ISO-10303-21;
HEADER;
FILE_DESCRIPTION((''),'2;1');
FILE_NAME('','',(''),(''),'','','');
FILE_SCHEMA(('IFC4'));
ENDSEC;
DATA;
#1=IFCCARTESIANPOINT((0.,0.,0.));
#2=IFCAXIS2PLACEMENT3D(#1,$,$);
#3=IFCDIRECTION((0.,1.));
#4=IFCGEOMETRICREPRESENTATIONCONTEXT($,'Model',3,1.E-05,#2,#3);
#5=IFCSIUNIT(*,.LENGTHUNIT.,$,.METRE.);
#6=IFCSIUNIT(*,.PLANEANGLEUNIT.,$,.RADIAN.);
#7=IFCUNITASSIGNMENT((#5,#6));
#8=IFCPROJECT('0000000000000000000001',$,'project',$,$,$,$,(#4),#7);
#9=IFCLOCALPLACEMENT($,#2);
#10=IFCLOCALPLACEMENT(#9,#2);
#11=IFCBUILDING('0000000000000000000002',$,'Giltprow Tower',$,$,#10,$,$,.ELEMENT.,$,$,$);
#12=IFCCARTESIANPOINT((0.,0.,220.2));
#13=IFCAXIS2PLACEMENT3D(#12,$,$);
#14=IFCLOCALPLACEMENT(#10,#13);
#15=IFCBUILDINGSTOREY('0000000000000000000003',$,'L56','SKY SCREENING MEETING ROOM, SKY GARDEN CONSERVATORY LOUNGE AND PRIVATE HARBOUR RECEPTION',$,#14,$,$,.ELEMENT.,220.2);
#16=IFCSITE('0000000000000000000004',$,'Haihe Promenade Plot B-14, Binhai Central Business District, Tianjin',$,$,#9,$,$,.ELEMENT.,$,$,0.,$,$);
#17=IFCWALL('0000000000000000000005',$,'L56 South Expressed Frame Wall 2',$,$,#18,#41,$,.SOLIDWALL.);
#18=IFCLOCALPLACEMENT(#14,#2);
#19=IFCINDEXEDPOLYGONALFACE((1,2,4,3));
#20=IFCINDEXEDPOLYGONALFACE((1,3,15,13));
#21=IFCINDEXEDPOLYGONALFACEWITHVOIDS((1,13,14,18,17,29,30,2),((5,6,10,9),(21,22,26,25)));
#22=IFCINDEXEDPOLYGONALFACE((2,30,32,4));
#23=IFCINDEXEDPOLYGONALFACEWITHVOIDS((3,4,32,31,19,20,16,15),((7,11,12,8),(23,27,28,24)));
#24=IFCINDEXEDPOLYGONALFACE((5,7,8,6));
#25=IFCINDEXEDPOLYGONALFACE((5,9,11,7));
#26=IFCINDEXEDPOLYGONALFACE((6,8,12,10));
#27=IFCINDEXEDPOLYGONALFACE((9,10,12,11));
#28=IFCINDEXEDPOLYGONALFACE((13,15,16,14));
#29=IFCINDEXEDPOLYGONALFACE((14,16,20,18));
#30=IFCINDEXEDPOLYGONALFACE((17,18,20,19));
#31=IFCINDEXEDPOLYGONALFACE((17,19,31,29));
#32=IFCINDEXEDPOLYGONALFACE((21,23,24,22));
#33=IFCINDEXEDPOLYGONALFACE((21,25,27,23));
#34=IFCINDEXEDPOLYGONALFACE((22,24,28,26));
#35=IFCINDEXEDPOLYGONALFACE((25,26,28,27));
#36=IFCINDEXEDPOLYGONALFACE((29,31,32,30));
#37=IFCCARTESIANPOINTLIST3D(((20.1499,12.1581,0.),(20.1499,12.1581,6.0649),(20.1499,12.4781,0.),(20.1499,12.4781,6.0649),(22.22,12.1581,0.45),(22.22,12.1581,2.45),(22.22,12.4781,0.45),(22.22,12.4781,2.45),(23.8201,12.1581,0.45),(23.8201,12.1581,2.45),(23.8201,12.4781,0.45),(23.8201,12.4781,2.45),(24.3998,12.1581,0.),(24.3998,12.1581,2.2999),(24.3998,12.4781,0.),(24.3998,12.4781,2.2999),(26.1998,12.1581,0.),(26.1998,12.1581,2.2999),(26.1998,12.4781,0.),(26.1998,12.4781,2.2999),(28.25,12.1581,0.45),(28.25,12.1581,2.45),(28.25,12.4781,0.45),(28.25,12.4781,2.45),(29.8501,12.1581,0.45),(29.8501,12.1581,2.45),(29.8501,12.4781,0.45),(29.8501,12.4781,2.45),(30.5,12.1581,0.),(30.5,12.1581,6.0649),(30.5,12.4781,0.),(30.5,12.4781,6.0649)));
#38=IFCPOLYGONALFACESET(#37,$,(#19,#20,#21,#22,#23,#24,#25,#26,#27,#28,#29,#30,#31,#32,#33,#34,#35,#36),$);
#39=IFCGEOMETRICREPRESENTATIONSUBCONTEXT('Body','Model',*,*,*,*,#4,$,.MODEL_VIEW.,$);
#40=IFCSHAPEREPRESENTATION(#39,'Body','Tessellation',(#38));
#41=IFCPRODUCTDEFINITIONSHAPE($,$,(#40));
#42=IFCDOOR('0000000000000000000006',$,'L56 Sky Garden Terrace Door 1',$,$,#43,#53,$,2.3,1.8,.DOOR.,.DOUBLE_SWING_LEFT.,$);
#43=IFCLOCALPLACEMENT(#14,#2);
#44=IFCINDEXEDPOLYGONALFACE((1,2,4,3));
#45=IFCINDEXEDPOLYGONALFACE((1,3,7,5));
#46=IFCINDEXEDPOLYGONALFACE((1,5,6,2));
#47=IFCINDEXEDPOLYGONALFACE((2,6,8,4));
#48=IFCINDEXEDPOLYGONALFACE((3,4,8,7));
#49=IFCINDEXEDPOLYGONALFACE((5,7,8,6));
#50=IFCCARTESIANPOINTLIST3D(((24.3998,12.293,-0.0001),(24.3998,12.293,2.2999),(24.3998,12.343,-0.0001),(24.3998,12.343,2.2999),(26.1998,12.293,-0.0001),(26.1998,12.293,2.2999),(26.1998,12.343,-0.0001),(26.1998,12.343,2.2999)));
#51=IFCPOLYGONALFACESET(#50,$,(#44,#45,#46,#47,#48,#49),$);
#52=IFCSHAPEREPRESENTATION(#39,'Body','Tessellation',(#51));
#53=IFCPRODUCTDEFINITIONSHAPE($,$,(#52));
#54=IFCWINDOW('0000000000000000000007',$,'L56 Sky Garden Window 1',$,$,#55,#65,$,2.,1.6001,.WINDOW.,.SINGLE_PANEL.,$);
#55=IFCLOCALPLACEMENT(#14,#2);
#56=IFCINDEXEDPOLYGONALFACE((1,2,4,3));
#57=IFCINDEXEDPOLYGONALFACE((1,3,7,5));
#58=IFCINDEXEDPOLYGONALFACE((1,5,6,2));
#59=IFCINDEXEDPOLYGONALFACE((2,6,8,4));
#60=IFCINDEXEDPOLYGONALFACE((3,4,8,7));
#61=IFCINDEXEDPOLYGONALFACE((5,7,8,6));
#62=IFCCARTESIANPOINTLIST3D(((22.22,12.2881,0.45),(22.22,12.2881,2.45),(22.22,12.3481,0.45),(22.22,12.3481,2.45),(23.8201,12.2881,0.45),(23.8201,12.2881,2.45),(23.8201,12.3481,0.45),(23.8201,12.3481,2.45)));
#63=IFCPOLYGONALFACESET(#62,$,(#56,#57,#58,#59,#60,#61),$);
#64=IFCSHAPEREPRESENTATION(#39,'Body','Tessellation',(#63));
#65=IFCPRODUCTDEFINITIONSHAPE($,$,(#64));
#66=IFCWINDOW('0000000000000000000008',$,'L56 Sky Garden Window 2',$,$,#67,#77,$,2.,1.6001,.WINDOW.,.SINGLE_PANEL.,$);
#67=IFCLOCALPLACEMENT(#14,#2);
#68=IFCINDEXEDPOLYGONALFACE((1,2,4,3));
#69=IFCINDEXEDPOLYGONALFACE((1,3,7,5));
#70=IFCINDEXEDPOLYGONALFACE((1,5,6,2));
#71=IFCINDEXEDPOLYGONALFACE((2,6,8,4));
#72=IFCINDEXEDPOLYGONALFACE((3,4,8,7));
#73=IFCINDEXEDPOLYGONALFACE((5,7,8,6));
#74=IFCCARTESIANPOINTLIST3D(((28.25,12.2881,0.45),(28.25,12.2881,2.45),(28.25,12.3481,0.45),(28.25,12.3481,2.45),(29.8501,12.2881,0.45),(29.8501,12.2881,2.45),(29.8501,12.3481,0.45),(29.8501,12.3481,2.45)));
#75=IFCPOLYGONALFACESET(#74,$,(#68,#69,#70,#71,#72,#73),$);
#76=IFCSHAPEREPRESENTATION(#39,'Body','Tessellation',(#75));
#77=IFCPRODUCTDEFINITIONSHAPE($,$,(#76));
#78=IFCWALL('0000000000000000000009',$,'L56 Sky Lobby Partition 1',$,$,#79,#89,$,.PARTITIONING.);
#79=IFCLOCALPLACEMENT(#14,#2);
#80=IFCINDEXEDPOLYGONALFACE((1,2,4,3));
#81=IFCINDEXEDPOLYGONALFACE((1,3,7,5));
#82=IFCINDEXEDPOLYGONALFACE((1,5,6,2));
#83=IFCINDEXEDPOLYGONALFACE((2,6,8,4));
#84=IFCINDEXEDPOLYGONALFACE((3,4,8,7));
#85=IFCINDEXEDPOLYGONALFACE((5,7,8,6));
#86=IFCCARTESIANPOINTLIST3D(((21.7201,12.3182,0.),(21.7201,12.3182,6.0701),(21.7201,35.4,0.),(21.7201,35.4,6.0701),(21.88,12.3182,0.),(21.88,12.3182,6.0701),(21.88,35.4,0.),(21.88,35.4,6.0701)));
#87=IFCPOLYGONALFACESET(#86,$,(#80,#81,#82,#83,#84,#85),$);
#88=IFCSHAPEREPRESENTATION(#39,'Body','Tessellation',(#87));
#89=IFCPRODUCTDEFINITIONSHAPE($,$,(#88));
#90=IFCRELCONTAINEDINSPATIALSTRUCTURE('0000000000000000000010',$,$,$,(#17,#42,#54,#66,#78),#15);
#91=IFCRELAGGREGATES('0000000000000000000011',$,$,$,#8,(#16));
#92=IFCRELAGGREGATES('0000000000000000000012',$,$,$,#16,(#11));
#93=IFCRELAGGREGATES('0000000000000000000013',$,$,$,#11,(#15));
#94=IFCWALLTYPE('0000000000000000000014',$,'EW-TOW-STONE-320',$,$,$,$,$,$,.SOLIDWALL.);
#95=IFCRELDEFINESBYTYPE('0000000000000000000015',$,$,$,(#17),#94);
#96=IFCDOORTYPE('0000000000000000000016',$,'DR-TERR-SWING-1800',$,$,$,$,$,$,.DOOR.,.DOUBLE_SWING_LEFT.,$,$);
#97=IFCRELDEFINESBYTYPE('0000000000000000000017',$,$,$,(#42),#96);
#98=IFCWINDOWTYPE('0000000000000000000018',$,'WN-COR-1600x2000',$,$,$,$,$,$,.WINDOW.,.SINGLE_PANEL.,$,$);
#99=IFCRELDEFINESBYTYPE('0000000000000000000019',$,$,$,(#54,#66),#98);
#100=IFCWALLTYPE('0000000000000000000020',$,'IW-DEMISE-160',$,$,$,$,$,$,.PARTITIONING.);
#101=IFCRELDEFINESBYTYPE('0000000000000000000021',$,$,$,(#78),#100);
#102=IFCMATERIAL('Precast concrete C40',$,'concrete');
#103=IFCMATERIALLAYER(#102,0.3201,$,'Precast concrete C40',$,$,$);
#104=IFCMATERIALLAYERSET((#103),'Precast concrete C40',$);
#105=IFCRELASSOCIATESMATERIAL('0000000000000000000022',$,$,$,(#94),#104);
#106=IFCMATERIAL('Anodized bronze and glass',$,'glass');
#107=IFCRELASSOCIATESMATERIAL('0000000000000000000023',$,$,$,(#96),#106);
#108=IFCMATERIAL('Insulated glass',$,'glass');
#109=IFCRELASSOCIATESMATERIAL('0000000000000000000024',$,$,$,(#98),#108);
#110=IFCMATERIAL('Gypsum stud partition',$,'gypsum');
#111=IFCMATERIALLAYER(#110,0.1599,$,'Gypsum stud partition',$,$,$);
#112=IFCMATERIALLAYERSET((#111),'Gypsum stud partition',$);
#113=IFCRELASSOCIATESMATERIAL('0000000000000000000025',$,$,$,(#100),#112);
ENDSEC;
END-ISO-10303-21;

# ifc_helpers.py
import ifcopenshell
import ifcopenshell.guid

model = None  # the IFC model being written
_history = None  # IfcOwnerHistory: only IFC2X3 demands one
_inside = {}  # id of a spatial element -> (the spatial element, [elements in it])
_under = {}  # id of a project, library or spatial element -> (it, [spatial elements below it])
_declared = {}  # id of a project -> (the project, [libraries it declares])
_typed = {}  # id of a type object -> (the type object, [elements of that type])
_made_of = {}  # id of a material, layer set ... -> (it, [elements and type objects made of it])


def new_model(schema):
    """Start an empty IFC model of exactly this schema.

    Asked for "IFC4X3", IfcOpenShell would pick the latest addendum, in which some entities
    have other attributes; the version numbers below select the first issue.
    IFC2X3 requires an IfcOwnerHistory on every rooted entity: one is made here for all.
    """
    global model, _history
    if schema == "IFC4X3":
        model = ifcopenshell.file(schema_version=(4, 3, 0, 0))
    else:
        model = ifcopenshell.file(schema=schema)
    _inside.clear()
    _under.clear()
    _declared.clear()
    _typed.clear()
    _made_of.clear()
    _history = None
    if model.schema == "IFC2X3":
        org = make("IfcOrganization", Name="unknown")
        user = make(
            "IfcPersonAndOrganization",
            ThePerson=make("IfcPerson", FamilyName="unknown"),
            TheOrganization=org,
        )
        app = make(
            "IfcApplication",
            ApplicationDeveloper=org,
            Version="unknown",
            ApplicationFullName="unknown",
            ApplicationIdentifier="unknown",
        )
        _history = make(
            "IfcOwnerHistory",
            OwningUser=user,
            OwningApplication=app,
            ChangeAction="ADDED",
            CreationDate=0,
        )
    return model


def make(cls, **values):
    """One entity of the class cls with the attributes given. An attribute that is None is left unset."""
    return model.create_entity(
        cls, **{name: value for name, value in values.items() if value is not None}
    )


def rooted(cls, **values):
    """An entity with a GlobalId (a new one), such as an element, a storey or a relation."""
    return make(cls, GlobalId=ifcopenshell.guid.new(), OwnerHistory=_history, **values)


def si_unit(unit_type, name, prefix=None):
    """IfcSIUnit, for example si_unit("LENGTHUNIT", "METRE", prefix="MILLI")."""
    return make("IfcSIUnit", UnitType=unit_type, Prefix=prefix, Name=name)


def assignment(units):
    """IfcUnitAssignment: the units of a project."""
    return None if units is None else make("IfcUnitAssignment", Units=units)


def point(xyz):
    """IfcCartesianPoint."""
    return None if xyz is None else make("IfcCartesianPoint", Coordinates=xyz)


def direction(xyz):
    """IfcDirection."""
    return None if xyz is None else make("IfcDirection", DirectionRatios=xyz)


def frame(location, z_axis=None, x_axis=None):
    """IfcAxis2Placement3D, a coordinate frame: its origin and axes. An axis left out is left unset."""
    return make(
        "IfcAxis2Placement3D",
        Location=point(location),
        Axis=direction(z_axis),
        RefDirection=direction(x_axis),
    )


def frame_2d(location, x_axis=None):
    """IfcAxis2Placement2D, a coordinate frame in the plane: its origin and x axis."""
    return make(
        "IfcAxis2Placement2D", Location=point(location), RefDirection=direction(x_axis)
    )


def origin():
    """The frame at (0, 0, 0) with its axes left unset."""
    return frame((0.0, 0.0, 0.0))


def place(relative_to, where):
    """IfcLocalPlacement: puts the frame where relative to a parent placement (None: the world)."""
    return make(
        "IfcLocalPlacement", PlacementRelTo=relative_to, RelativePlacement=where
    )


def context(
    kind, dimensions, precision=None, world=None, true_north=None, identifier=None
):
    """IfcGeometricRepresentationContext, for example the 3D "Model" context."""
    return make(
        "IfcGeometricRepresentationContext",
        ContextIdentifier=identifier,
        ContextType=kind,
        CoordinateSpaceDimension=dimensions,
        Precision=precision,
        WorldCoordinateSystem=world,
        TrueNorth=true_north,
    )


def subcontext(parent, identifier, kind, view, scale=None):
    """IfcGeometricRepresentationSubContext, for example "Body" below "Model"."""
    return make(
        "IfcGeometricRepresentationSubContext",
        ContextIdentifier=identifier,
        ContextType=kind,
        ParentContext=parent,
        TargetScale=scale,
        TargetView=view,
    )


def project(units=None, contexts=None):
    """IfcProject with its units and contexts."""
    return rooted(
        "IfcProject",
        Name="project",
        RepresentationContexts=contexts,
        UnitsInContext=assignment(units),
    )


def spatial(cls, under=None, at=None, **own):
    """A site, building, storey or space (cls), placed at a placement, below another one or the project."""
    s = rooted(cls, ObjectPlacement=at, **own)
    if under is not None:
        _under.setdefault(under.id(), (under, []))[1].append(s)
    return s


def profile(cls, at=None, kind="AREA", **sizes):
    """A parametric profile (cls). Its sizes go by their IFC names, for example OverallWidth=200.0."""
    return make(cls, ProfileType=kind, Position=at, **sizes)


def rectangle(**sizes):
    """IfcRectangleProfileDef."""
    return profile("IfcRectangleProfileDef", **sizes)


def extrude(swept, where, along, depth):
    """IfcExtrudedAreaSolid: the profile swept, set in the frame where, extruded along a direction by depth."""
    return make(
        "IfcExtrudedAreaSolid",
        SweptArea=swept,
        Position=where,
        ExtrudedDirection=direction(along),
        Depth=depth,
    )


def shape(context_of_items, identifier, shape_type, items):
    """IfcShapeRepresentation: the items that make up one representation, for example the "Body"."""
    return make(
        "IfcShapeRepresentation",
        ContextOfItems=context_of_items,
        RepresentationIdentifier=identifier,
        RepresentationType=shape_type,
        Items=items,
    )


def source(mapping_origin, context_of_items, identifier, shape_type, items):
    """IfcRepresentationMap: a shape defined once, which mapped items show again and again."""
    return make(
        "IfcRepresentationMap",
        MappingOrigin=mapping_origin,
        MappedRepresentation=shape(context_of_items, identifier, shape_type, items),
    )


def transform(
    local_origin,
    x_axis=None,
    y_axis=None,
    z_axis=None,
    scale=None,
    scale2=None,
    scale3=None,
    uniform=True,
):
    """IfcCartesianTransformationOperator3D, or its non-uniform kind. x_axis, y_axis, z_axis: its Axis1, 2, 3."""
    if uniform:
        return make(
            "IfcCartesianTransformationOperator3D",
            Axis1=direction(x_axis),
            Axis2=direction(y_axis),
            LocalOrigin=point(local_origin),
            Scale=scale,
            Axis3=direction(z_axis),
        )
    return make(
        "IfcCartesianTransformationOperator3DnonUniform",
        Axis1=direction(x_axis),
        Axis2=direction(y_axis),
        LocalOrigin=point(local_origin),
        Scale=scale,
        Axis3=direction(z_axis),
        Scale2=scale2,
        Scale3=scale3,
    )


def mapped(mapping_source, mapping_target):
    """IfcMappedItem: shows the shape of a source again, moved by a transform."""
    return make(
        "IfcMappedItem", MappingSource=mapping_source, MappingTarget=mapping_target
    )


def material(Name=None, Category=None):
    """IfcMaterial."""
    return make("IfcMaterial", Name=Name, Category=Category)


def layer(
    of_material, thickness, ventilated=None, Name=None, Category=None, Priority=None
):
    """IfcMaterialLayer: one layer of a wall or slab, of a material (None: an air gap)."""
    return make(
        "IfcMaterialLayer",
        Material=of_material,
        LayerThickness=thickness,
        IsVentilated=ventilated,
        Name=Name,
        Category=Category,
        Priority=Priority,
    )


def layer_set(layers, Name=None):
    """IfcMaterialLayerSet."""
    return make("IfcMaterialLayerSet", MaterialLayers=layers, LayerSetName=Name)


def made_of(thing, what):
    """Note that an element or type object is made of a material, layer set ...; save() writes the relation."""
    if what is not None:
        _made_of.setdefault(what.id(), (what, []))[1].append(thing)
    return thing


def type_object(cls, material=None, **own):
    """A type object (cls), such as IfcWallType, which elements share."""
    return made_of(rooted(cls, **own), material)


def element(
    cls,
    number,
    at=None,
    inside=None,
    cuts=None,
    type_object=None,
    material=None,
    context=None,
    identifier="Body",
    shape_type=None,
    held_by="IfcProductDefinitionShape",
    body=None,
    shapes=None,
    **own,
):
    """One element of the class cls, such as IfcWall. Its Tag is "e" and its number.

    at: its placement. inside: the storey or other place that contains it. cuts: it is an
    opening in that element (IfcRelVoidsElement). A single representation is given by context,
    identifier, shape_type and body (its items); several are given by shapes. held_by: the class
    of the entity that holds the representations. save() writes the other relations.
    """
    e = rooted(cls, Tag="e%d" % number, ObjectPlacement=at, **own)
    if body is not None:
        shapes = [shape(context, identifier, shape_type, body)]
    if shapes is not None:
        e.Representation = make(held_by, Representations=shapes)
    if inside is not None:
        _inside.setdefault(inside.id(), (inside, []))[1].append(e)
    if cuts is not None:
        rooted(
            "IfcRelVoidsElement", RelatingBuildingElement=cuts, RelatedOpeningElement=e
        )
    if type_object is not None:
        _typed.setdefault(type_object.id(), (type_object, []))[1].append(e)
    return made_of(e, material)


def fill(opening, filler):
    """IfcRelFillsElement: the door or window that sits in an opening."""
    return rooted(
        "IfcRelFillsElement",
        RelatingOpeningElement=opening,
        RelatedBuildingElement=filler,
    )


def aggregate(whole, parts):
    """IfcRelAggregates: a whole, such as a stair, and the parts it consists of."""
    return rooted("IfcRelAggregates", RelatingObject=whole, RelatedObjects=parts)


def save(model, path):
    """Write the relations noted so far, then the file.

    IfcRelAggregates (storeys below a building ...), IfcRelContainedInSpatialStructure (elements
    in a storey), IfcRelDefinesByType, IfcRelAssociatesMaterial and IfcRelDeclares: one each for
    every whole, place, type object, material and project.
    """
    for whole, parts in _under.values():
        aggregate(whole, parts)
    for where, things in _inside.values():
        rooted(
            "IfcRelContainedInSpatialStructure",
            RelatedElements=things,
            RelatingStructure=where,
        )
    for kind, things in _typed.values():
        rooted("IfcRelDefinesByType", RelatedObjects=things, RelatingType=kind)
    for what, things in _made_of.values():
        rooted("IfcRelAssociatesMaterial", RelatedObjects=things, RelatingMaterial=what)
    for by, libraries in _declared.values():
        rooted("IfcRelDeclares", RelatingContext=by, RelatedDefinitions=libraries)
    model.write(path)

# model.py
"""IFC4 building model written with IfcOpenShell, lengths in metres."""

from ifc_helpers import new_model, si_unit, direction, frame, frame_2d, origin, place, context, subcontext, project, spatial, rectangle, extrude, source, transform, mapped, material, layer, layer_set, type_object, element, fill, save


model = new_model("IFC4")

# Units and contexts
model_context = context("Model", 3, precision=1e-05, world=origin(), true_north=direction((0.0, 1.0)))
body_context = subcontext(model_context, "Body", "Model", "MODEL_VIEW")
ifc_project = project(units=[si_unit("LENGTHUNIT", "METRE"), si_unit("PLANEANGLEUNIT", "RADIAN")], contexts=[model_context])

# Site, building, storey
site_placement = place(None, origin())
site = spatial("IfcSite", under=ifc_project, at=site_placement, Name="Haihe Promenade Plot B-14, Binhai Central Business District, Tianjin", CompositionType="ELEMENT", RefElevation=0.0)
building_placement = place(site_placement, origin())
building = spatial("IfcBuilding", under=site, at=building_placement, Name="Giltprow Tower", CompositionType="ELEMENT")
storey_placement = place(building_placement, frame((0.0, 0.0, 220.2)))
storey = spatial("IfcBuildingStorey", under=building, at=storey_placement, Name="L56", Description="SKY SCREENING MEETING ROOM, SKY GARDEN CONSERVATORY LOUNGE AND PRIVATE HARBOUR RECEPTION", CompositionType="ELEMENT", Elevation=220.2)

# Shared definitions
ifc_material_1 = material(Name="Insulated glass", Category="glass")

# Wall, openings, door, windows
ifc_material_2 = material(Name="Precast concrete C40", Category="concrete")
ifc_layer_1 = layer(ifc_material_2, 0.3201, Name="Precast concrete C40")
ifc_layer_set_1 = layer_set([ifc_layer_1], Name="Precast concrete C40")
wall_type_1 = type_object("IfcWallType", Name="EW-TOW-STONE-320", PredefinedType="SOLIDWALL", material=ifc_layer_set_1)
wall_1_placement = place(storey_placement, frame((20.1499, 12.3181, 0.0), z_axis=(0.0, 0.0, 1.0), x_axis=(1.0, 0.0, 0.0)))
wall_1 = element("IfcWall", 1, at=wall_1_placement, inside=storey, type_object=wall_type_1, Name="L56 South Expressed Frame Wall 2", PredefinedType="SOLIDWALL", context=body_context, shape_type="SweptSolid", body=[
    extrude(rectangle(XDim=10.3501, YDim=0.3201, at=frame_2d((5.175, 0.0))), origin(), (0.0, 0.0, 1.0), 6.0649),
])
opening_1_placement = place(wall_1_placement, frame((4.25, 0.0, 0.0)))
opening_1 = element("IfcOpeningElement", 2, at=opening_1_placement, cuts=wall_1, PredefinedType="OPENING", context=body_context, shape_type="SweptSolid", body=[
    extrude(rectangle(XDim=1.8, YDim=2.3, at=frame_2d((0.8999, 1.1499))), frame((0.0, 0.1699, 0.0), z_axis=(0.0, -1.0, 0.0), x_axis=(1.0, 0.0, 0.0)), (0.0, 0.0, 1.0), 0.3401),
])
opening_2_placement = place(wall_1_placement, frame((2.0701, 0.0, 0.45)))
opening_2 = element("IfcOpeningElement", 3, at=opening_2_placement, cuts=wall_1, PredefinedType="OPENING", context=body_context, shape_type="SweptSolid", body=[
    extrude(rectangle(XDim=1.6001, YDim=2.0, at=frame_2d((0.8, 1.0))), frame((0.0, 0.1699, 0.0), z_axis=(0.0, -1.0, 0.0), x_axis=(1.0, 0.0, 0.0)), (0.0, 0.0, 1.0), 0.3401),
])
opening_3_placement = place(wall_1_placement, frame((8.1001, 0.0, 0.45)))
opening_3 = element("IfcOpeningElement", 4, at=opening_3_placement, cuts=wall_1, PredefinedType="OPENING", context=body_context, shape_type="SweptSolid", body=[
    extrude(rectangle(XDim=1.6001, YDim=2.0, at=frame_2d((0.8, 1.0))), frame((0.0, 0.1699, 0.0), z_axis=(0.0, -1.0, 0.0), x_axis=(1.0, 0.0, 0.0)), (0.0, 0.0, 1.0), 0.3401),
])
ifc_material_3 = material(Name="Anodized bronze and glass", Category="glass")
door_type = type_object("IfcDoorType", Name="DR-TERR-SWING-1800", OperationType="DOUBLE_SWING_LEFT", PredefinedType="DOOR", material=ifc_material_3)
shared_shape_1 = source(origin(), body_context, "Body", "SweptSolid", [
    extrude(rectangle(XDim=1.8, YDim=2.3, at=frame_2d((0.8999, 1.1499))), frame((0.0, 0.0249, 0.0), z_axis=(0.0, -1.0, 0.0), x_axis=(1.0, 0.0, 0.0)), (0.0, 0.0, 1.0), 0.05),
])
door_placement = place(opening_1_placement, origin())
door = element("IfcDoor", 5, at=door_placement, inside=storey, type_object=door_type, Name="L56 Sky Garden Terrace Door 1", OperationType="DOUBLE_SWING_LEFT", OverallHeight=2.3, OverallWidth=1.8, PredefinedType="DOOR", context=body_context, shape_type="MappedRepresentation", body=[
    mapped(shared_shape_1, transform((0.0, 0.0, 0.0), x_axis=(1.0, 0.0, 0.0), y_axis=(0.0, 1.0, 0.0), z_axis=(0.0, 0.0, 1.0), scale=1.0)),
])
fill(opening_1, door)
window_type = type_object("IfcWindowType", Name="WN-COR-1600x2000", PartitioningType="SINGLE_PANEL", PredefinedType="WINDOW", material=ifc_material_1)
shared_shape_2 = source(origin(), body_context, "Body", "SweptSolid", [
    extrude(rectangle(XDim=1.6001, YDim=2.0, at=frame_2d((0.8, 1.0))), frame((0.0, 0.03, 0.0), z_axis=(0.0, -1.0, 0.0), x_axis=(1.0, 0.0, 0.0)), (0.0, 0.0, 1.0), 0.0601),
])
window_1_placement = place(opening_2_placement, origin())
window_1 = element("IfcWindow", 6, at=window_1_placement, inside=storey, type_object=window_type, Name="L56 Sky Garden Window 1", OverallHeight=2.0, OverallWidth=1.6001, PartitioningType="SINGLE_PANEL", PredefinedType="WINDOW", context=body_context, shape_type="MappedRepresentation", body=[
    mapped(shared_shape_2, transform((0.0, 0.0, 0.0), x_axis=(1.0, 0.0, 0.0), y_axis=(0.0, 1.0, 0.0), z_axis=(0.0, 0.0, 1.0), scale=1.0)),
])
fill(opening_2, window_1)
window_2_placement = place(opening_3_placement, origin())
window_2 = element("IfcWindow", 7, at=window_2_placement, inside=storey, type_object=window_type, Name="L56 Sky Garden Window 2", OverallHeight=2.0, OverallWidth=1.6001, PartitioningType="SINGLE_PANEL", PredefinedType="WINDOW", context=body_context, shape_type="MappedRepresentation", body=[
    mapped(shared_shape_2, transform((0.0, 0.0, 0.0), x_axis=(1.0, 0.0, 0.0), y_axis=(0.0, 1.0, 0.0), z_axis=(0.0, 0.0, 1.0), scale=1.0)),
])
fill(opening_3, window_2)

# Wall
ifc_material_4 = material(Name="Gypsum stud partition", Category="gypsum")
ifc_layer_2 = layer(ifc_material_4, 0.1599, Name="Gypsum stud partition")
ifc_layer_set_2 = layer_set([ifc_layer_2], Name="Gypsum stud partition")
wall_type_2 = type_object("IfcWallType", Name="IW-DEMISE-160", PredefinedType="PARTITIONING", material=ifc_layer_set_2)
wall_2_placement = place(storey_placement, frame((21.8, 12.3181, 0.0), z_axis=(0.0, 0.0, 1.0), x_axis=(0.0, 1.0, 0.0)))
element("IfcWall", 8, at=wall_2_placement, inside=storey, type_object=wall_type_2, Name="L56 Sky Lobby Partition 1", PredefinedType="PARTITIONING", context=body_context, shape_type="SweptSolid", body=[
    extrude(rectangle(XDim=23.0818, YDim=0.1599, at=frame_2d((11.541, 0.0))), origin(), (0.0, 0.0, 1.0), 6.0701),
])

save(model, "model.ifc")
